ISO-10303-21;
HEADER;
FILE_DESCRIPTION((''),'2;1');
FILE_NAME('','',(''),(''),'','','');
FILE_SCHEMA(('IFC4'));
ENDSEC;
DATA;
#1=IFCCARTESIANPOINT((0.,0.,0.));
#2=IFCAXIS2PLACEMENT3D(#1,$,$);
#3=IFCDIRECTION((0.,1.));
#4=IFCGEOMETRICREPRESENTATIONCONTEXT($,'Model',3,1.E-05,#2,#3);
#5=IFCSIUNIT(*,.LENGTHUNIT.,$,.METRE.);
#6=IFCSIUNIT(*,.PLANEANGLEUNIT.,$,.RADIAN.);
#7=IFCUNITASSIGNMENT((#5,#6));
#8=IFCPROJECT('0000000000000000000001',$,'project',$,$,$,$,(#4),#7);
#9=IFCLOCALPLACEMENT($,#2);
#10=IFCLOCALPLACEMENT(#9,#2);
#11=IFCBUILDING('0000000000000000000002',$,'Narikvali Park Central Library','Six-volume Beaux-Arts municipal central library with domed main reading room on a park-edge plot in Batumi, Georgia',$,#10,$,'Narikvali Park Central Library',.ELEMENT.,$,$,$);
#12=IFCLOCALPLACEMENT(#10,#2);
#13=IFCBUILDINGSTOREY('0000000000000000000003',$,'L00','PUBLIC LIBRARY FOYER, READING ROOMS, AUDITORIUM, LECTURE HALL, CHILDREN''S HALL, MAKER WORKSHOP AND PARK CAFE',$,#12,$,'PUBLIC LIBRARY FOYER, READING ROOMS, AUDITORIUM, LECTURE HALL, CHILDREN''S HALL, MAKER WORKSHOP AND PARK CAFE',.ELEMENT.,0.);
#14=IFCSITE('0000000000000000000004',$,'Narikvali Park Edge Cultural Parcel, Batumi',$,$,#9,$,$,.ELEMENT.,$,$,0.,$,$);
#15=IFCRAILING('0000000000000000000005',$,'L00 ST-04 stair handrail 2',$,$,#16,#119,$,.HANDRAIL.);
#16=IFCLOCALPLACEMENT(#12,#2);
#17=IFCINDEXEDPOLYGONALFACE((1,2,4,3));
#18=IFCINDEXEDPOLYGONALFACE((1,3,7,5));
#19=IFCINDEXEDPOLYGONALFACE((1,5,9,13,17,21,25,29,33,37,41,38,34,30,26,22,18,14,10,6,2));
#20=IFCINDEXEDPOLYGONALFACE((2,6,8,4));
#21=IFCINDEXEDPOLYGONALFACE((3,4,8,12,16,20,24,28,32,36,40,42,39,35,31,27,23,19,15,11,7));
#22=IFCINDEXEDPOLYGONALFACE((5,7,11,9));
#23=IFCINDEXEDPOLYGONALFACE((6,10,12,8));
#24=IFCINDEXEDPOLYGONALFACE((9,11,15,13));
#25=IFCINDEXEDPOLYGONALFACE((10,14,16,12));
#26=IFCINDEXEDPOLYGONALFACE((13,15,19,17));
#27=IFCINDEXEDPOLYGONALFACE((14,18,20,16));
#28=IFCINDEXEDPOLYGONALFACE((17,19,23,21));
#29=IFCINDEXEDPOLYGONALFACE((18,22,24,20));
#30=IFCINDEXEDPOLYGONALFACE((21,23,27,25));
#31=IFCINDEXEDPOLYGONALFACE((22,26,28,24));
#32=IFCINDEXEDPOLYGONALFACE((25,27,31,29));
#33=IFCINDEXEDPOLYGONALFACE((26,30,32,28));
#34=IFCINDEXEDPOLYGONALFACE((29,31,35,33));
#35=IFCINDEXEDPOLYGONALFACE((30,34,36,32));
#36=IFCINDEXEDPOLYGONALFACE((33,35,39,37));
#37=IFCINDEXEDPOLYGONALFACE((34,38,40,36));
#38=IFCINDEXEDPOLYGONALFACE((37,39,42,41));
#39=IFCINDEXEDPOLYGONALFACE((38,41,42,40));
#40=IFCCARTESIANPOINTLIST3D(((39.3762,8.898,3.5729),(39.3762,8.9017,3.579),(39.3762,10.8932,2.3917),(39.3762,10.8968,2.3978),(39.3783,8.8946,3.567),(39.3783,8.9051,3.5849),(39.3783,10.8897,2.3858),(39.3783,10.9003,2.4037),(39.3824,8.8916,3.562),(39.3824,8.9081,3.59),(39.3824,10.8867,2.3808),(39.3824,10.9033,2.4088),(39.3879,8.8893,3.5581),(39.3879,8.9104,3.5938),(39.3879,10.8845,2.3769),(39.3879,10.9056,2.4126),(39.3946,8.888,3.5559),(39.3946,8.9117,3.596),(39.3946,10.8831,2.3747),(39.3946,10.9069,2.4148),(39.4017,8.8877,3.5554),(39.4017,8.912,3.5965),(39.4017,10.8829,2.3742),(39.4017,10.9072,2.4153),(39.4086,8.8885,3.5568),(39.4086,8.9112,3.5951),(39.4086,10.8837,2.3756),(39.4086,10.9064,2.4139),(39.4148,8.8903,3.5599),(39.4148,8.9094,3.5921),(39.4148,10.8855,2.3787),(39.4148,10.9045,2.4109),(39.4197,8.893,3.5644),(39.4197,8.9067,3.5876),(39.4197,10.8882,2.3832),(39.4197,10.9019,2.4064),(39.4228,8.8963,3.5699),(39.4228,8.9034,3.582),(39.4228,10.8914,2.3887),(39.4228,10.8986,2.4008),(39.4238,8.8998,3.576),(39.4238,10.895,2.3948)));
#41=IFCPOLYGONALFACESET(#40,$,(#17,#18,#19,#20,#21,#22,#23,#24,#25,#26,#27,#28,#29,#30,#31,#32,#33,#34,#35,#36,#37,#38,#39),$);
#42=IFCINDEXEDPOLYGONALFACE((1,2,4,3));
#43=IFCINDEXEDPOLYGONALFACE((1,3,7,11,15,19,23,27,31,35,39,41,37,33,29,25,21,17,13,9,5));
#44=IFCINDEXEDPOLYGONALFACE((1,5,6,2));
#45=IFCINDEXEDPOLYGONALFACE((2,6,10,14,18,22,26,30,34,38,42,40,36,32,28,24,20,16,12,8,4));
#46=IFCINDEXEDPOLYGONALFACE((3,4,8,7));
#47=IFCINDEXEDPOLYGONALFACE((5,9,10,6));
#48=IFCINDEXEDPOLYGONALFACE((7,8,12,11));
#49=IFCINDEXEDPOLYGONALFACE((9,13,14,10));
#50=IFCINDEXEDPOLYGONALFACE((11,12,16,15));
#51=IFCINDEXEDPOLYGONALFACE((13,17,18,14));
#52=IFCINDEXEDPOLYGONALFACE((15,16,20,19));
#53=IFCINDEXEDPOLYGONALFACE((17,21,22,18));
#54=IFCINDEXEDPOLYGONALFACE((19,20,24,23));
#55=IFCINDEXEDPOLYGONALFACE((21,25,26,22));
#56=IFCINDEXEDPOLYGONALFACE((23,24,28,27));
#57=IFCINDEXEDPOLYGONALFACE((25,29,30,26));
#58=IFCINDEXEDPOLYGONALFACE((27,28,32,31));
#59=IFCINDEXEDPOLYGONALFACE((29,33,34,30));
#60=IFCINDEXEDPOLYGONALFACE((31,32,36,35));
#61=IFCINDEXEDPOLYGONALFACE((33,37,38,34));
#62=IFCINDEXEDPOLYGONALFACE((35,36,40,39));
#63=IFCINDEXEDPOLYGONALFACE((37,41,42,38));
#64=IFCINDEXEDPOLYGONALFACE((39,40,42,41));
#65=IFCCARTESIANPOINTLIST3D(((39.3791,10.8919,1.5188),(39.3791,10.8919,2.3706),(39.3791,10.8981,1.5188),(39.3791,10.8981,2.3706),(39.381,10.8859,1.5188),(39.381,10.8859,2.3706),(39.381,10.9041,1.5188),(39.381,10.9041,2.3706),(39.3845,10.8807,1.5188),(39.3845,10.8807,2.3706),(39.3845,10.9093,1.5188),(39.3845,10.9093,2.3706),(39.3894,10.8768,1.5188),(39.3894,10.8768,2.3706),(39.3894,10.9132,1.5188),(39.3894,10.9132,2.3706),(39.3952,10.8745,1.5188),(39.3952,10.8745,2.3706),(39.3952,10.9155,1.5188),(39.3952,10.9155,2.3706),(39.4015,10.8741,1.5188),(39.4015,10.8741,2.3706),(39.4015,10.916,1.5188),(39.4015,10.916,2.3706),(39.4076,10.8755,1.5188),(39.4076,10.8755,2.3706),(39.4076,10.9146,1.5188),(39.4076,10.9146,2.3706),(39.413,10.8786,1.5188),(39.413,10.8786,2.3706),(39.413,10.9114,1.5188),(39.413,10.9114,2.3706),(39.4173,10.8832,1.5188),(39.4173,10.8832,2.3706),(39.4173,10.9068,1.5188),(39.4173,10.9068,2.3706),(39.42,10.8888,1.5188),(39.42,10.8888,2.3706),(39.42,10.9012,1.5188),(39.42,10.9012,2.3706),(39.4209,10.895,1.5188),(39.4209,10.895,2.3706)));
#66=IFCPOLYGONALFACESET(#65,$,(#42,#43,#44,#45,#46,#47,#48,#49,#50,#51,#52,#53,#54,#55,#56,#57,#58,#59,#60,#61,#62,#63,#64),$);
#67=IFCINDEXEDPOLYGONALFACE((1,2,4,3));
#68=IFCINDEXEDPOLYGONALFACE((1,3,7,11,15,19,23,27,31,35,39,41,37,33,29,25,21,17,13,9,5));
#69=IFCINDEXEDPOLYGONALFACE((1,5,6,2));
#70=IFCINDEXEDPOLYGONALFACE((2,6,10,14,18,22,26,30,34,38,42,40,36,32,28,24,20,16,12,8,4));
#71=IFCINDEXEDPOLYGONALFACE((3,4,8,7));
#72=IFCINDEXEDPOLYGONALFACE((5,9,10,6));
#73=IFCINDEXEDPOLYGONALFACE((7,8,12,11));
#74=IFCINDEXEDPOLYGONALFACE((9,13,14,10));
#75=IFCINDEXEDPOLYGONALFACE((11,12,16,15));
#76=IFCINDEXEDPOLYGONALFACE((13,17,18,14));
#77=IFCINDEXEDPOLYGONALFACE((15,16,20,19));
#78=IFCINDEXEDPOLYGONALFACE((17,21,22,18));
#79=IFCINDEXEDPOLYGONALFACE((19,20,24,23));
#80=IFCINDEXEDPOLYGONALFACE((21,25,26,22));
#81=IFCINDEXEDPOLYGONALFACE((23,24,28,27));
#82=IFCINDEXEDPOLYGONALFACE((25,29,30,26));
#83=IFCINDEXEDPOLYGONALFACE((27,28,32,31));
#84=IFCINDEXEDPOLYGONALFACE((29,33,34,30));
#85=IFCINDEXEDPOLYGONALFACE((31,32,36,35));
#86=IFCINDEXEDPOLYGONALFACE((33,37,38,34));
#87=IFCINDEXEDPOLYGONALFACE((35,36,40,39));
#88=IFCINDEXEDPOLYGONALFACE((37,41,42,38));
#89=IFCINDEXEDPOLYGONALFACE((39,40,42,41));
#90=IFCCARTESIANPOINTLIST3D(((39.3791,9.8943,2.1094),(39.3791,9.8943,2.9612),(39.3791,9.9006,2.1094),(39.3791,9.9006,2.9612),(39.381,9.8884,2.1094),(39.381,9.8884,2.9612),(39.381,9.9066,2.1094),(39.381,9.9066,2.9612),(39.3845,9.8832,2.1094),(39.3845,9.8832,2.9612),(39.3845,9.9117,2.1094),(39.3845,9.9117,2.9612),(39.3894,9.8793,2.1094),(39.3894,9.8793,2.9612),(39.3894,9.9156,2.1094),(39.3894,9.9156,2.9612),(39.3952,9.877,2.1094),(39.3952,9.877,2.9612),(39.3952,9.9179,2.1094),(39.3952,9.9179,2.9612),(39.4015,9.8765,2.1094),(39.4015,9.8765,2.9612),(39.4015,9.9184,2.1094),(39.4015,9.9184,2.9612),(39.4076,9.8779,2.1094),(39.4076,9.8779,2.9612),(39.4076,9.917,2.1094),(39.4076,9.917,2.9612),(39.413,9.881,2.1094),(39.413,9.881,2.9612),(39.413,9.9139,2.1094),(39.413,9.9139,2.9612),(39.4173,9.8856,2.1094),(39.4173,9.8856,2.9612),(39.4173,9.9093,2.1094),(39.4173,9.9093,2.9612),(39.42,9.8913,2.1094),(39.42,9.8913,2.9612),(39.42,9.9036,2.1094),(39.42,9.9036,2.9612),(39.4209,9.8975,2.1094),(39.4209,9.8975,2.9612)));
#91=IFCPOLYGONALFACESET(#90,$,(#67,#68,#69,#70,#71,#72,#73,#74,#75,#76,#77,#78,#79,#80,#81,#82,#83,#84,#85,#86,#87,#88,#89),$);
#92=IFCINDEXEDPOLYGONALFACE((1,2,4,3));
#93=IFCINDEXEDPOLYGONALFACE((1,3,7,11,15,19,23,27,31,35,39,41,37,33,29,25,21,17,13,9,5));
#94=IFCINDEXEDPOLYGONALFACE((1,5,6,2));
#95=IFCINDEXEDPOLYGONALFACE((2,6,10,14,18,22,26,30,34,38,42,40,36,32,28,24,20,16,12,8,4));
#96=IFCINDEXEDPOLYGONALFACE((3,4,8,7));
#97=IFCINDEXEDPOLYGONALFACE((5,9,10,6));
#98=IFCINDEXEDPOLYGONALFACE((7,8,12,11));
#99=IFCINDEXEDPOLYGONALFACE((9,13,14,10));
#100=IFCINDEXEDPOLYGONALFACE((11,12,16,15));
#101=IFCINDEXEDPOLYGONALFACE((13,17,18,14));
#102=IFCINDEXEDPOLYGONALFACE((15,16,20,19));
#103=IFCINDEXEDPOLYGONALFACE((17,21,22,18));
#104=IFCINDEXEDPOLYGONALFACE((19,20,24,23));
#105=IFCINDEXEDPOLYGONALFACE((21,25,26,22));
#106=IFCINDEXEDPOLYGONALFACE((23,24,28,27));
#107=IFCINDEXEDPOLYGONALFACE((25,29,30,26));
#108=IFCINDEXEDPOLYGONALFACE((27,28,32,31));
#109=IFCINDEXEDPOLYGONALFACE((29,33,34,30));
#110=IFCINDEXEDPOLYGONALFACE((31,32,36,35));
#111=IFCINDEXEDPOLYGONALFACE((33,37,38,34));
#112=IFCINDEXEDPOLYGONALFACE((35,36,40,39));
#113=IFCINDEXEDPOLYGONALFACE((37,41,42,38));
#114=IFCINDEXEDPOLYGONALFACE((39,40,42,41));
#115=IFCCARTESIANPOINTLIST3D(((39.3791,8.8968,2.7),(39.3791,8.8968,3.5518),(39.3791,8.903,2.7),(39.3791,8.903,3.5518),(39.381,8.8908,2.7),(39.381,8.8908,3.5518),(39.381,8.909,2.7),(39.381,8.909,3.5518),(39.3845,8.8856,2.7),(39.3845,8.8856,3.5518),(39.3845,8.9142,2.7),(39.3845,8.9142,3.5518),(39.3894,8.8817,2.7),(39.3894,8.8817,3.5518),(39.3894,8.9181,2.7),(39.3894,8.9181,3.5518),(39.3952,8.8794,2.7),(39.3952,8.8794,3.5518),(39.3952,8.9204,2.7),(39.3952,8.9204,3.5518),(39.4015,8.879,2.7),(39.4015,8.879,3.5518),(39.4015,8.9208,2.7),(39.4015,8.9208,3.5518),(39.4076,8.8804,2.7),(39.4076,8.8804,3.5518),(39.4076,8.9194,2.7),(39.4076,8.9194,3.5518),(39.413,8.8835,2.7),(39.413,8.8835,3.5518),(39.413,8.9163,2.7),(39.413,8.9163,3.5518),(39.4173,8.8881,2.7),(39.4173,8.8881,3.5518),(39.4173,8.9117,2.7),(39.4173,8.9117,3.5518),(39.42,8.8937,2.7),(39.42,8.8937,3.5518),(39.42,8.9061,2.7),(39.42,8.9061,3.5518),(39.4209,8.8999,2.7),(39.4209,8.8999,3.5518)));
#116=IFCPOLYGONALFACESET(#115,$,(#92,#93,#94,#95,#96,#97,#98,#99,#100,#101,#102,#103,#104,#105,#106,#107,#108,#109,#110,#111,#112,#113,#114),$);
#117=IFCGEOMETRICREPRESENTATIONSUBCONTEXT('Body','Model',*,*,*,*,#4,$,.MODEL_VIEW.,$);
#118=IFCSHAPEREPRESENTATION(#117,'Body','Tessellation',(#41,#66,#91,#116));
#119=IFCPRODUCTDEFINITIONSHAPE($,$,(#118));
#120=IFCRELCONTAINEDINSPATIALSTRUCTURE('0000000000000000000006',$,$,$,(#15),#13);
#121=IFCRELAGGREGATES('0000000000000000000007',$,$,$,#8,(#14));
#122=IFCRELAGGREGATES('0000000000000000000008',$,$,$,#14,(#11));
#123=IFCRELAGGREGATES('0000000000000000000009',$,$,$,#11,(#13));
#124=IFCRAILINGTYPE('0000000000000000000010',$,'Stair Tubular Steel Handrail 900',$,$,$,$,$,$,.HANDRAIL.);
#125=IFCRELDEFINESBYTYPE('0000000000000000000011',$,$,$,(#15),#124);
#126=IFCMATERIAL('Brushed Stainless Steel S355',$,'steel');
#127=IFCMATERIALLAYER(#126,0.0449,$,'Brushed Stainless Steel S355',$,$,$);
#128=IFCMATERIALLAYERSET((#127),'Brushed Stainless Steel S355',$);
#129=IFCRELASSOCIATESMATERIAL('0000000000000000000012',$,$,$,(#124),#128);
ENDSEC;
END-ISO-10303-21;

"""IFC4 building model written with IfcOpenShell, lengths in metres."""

from ifc_helpers import new_model, si_unit, direction, frame, origin, origin_2d, place, context, subcontext, project, spatial, circle, extrude, material, layer, layer_set, type_object, element, save


model = new_model("IFC4")

# Units and contexts
model_context = context("Model", 3, precision=1e-05, world=origin(), true_north=direction((0.0, 1.0)))
body_context = subcontext(model_context, "Body", "Model", "MODEL_VIEW")
ifc_project = project(units=[si_unit("LENGTHUNIT", "METRE"), si_unit("PLANEANGLEUNIT", "RADIAN")], contexts=[model_context])

# Site, building, storey
site_placement = place(None, origin())
site = spatial("IfcSite", under=ifc_project, at=site_placement, Name="Narikvali Park Edge Cultural Parcel, Batumi", CompositionType="ELEMENT", RefElevation=0.0)
building_placement = place(site_placement, origin())
building = spatial("IfcBuilding", under=site, at=building_placement, Name="Narikvali Park Central Library", Description="Six-volume Beaux-Arts municipal central library with domed main reading room on a park-edge plot in Batumi, Georgia", LongName="Narikvali Park Central Library", CompositionType="ELEMENT")
storey_placement = place(building_placement, origin())
storey = spatial("IfcBuildingStorey", under=building, at=storey_placement, Name="L00", Description="PUBLIC LIBRARY FOYER, READING ROOMS, AUDITORIUM, LECTURE HALL, CHILDREN'S HALL, MAKER WORKSHOP AND PARK CAFE", LongName="PUBLIC LIBRARY FOYER, READING ROOMS, AUDITORIUM, LECTURE HALL, CHILDREN'S HALL, MAKER WORKSHOP AND PARK CAFE", CompositionType="ELEMENT", Elevation=0.0)

# Railing
ifc_material_1 = material(Name="Brushed Stainless Steel S355", Category="steel")
ifc_layer_1 = layer(ifc_material_1, 0.0449, Name="Brushed Stainless Steel S355")
ifc_layer_set_1 = layer_set([ifc_layer_1], Name="Brushed Stainless Steel S355")
railing_type_1 = type_object("IfcRailingType", Name="Stair Tubular Steel Handrail 900", PredefinedType="HANDRAIL", material=ifc_layer_set_1)
railing_1_placement = place(storey_placement, frame((39.3999, 10.895, 1.5188)))
element("IfcRailing", 1, at=railing_1_placement, inside=storey, type_object=railing_type_1, Name="L00 ST-04 stair handrail 2", PredefinedType="HANDRAIL", context=body_context, shape_type="SweptSolid", body=[
    extrude(circle(Radius=0.0239, at=origin_2d()), frame((0.0, 0.0, 0.876), z_axis=(0.0, -0.860507, 0.509439), x_axis=(1.0, 0.0, 0.0)), (0.0, 0.0, 1.0), 2.3186),
    extrude(circle(Radius=0.021, at=origin_2d()), origin(), (0.0, 0.0, 1.0), 0.8518),
    extrude(circle(Radius=0.021, at=origin_2d()), frame((0.0, -0.9976, 0.5906)), (0.0, 0.0, 1.0), 0.8518),
    extrude(circle(Radius=0.021, at=origin_2d()), frame((0.0, -1.9951, 1.1812)), (0.0, 0.0, 1.0), 0.8518),
])

save(model, "model.ifc")
